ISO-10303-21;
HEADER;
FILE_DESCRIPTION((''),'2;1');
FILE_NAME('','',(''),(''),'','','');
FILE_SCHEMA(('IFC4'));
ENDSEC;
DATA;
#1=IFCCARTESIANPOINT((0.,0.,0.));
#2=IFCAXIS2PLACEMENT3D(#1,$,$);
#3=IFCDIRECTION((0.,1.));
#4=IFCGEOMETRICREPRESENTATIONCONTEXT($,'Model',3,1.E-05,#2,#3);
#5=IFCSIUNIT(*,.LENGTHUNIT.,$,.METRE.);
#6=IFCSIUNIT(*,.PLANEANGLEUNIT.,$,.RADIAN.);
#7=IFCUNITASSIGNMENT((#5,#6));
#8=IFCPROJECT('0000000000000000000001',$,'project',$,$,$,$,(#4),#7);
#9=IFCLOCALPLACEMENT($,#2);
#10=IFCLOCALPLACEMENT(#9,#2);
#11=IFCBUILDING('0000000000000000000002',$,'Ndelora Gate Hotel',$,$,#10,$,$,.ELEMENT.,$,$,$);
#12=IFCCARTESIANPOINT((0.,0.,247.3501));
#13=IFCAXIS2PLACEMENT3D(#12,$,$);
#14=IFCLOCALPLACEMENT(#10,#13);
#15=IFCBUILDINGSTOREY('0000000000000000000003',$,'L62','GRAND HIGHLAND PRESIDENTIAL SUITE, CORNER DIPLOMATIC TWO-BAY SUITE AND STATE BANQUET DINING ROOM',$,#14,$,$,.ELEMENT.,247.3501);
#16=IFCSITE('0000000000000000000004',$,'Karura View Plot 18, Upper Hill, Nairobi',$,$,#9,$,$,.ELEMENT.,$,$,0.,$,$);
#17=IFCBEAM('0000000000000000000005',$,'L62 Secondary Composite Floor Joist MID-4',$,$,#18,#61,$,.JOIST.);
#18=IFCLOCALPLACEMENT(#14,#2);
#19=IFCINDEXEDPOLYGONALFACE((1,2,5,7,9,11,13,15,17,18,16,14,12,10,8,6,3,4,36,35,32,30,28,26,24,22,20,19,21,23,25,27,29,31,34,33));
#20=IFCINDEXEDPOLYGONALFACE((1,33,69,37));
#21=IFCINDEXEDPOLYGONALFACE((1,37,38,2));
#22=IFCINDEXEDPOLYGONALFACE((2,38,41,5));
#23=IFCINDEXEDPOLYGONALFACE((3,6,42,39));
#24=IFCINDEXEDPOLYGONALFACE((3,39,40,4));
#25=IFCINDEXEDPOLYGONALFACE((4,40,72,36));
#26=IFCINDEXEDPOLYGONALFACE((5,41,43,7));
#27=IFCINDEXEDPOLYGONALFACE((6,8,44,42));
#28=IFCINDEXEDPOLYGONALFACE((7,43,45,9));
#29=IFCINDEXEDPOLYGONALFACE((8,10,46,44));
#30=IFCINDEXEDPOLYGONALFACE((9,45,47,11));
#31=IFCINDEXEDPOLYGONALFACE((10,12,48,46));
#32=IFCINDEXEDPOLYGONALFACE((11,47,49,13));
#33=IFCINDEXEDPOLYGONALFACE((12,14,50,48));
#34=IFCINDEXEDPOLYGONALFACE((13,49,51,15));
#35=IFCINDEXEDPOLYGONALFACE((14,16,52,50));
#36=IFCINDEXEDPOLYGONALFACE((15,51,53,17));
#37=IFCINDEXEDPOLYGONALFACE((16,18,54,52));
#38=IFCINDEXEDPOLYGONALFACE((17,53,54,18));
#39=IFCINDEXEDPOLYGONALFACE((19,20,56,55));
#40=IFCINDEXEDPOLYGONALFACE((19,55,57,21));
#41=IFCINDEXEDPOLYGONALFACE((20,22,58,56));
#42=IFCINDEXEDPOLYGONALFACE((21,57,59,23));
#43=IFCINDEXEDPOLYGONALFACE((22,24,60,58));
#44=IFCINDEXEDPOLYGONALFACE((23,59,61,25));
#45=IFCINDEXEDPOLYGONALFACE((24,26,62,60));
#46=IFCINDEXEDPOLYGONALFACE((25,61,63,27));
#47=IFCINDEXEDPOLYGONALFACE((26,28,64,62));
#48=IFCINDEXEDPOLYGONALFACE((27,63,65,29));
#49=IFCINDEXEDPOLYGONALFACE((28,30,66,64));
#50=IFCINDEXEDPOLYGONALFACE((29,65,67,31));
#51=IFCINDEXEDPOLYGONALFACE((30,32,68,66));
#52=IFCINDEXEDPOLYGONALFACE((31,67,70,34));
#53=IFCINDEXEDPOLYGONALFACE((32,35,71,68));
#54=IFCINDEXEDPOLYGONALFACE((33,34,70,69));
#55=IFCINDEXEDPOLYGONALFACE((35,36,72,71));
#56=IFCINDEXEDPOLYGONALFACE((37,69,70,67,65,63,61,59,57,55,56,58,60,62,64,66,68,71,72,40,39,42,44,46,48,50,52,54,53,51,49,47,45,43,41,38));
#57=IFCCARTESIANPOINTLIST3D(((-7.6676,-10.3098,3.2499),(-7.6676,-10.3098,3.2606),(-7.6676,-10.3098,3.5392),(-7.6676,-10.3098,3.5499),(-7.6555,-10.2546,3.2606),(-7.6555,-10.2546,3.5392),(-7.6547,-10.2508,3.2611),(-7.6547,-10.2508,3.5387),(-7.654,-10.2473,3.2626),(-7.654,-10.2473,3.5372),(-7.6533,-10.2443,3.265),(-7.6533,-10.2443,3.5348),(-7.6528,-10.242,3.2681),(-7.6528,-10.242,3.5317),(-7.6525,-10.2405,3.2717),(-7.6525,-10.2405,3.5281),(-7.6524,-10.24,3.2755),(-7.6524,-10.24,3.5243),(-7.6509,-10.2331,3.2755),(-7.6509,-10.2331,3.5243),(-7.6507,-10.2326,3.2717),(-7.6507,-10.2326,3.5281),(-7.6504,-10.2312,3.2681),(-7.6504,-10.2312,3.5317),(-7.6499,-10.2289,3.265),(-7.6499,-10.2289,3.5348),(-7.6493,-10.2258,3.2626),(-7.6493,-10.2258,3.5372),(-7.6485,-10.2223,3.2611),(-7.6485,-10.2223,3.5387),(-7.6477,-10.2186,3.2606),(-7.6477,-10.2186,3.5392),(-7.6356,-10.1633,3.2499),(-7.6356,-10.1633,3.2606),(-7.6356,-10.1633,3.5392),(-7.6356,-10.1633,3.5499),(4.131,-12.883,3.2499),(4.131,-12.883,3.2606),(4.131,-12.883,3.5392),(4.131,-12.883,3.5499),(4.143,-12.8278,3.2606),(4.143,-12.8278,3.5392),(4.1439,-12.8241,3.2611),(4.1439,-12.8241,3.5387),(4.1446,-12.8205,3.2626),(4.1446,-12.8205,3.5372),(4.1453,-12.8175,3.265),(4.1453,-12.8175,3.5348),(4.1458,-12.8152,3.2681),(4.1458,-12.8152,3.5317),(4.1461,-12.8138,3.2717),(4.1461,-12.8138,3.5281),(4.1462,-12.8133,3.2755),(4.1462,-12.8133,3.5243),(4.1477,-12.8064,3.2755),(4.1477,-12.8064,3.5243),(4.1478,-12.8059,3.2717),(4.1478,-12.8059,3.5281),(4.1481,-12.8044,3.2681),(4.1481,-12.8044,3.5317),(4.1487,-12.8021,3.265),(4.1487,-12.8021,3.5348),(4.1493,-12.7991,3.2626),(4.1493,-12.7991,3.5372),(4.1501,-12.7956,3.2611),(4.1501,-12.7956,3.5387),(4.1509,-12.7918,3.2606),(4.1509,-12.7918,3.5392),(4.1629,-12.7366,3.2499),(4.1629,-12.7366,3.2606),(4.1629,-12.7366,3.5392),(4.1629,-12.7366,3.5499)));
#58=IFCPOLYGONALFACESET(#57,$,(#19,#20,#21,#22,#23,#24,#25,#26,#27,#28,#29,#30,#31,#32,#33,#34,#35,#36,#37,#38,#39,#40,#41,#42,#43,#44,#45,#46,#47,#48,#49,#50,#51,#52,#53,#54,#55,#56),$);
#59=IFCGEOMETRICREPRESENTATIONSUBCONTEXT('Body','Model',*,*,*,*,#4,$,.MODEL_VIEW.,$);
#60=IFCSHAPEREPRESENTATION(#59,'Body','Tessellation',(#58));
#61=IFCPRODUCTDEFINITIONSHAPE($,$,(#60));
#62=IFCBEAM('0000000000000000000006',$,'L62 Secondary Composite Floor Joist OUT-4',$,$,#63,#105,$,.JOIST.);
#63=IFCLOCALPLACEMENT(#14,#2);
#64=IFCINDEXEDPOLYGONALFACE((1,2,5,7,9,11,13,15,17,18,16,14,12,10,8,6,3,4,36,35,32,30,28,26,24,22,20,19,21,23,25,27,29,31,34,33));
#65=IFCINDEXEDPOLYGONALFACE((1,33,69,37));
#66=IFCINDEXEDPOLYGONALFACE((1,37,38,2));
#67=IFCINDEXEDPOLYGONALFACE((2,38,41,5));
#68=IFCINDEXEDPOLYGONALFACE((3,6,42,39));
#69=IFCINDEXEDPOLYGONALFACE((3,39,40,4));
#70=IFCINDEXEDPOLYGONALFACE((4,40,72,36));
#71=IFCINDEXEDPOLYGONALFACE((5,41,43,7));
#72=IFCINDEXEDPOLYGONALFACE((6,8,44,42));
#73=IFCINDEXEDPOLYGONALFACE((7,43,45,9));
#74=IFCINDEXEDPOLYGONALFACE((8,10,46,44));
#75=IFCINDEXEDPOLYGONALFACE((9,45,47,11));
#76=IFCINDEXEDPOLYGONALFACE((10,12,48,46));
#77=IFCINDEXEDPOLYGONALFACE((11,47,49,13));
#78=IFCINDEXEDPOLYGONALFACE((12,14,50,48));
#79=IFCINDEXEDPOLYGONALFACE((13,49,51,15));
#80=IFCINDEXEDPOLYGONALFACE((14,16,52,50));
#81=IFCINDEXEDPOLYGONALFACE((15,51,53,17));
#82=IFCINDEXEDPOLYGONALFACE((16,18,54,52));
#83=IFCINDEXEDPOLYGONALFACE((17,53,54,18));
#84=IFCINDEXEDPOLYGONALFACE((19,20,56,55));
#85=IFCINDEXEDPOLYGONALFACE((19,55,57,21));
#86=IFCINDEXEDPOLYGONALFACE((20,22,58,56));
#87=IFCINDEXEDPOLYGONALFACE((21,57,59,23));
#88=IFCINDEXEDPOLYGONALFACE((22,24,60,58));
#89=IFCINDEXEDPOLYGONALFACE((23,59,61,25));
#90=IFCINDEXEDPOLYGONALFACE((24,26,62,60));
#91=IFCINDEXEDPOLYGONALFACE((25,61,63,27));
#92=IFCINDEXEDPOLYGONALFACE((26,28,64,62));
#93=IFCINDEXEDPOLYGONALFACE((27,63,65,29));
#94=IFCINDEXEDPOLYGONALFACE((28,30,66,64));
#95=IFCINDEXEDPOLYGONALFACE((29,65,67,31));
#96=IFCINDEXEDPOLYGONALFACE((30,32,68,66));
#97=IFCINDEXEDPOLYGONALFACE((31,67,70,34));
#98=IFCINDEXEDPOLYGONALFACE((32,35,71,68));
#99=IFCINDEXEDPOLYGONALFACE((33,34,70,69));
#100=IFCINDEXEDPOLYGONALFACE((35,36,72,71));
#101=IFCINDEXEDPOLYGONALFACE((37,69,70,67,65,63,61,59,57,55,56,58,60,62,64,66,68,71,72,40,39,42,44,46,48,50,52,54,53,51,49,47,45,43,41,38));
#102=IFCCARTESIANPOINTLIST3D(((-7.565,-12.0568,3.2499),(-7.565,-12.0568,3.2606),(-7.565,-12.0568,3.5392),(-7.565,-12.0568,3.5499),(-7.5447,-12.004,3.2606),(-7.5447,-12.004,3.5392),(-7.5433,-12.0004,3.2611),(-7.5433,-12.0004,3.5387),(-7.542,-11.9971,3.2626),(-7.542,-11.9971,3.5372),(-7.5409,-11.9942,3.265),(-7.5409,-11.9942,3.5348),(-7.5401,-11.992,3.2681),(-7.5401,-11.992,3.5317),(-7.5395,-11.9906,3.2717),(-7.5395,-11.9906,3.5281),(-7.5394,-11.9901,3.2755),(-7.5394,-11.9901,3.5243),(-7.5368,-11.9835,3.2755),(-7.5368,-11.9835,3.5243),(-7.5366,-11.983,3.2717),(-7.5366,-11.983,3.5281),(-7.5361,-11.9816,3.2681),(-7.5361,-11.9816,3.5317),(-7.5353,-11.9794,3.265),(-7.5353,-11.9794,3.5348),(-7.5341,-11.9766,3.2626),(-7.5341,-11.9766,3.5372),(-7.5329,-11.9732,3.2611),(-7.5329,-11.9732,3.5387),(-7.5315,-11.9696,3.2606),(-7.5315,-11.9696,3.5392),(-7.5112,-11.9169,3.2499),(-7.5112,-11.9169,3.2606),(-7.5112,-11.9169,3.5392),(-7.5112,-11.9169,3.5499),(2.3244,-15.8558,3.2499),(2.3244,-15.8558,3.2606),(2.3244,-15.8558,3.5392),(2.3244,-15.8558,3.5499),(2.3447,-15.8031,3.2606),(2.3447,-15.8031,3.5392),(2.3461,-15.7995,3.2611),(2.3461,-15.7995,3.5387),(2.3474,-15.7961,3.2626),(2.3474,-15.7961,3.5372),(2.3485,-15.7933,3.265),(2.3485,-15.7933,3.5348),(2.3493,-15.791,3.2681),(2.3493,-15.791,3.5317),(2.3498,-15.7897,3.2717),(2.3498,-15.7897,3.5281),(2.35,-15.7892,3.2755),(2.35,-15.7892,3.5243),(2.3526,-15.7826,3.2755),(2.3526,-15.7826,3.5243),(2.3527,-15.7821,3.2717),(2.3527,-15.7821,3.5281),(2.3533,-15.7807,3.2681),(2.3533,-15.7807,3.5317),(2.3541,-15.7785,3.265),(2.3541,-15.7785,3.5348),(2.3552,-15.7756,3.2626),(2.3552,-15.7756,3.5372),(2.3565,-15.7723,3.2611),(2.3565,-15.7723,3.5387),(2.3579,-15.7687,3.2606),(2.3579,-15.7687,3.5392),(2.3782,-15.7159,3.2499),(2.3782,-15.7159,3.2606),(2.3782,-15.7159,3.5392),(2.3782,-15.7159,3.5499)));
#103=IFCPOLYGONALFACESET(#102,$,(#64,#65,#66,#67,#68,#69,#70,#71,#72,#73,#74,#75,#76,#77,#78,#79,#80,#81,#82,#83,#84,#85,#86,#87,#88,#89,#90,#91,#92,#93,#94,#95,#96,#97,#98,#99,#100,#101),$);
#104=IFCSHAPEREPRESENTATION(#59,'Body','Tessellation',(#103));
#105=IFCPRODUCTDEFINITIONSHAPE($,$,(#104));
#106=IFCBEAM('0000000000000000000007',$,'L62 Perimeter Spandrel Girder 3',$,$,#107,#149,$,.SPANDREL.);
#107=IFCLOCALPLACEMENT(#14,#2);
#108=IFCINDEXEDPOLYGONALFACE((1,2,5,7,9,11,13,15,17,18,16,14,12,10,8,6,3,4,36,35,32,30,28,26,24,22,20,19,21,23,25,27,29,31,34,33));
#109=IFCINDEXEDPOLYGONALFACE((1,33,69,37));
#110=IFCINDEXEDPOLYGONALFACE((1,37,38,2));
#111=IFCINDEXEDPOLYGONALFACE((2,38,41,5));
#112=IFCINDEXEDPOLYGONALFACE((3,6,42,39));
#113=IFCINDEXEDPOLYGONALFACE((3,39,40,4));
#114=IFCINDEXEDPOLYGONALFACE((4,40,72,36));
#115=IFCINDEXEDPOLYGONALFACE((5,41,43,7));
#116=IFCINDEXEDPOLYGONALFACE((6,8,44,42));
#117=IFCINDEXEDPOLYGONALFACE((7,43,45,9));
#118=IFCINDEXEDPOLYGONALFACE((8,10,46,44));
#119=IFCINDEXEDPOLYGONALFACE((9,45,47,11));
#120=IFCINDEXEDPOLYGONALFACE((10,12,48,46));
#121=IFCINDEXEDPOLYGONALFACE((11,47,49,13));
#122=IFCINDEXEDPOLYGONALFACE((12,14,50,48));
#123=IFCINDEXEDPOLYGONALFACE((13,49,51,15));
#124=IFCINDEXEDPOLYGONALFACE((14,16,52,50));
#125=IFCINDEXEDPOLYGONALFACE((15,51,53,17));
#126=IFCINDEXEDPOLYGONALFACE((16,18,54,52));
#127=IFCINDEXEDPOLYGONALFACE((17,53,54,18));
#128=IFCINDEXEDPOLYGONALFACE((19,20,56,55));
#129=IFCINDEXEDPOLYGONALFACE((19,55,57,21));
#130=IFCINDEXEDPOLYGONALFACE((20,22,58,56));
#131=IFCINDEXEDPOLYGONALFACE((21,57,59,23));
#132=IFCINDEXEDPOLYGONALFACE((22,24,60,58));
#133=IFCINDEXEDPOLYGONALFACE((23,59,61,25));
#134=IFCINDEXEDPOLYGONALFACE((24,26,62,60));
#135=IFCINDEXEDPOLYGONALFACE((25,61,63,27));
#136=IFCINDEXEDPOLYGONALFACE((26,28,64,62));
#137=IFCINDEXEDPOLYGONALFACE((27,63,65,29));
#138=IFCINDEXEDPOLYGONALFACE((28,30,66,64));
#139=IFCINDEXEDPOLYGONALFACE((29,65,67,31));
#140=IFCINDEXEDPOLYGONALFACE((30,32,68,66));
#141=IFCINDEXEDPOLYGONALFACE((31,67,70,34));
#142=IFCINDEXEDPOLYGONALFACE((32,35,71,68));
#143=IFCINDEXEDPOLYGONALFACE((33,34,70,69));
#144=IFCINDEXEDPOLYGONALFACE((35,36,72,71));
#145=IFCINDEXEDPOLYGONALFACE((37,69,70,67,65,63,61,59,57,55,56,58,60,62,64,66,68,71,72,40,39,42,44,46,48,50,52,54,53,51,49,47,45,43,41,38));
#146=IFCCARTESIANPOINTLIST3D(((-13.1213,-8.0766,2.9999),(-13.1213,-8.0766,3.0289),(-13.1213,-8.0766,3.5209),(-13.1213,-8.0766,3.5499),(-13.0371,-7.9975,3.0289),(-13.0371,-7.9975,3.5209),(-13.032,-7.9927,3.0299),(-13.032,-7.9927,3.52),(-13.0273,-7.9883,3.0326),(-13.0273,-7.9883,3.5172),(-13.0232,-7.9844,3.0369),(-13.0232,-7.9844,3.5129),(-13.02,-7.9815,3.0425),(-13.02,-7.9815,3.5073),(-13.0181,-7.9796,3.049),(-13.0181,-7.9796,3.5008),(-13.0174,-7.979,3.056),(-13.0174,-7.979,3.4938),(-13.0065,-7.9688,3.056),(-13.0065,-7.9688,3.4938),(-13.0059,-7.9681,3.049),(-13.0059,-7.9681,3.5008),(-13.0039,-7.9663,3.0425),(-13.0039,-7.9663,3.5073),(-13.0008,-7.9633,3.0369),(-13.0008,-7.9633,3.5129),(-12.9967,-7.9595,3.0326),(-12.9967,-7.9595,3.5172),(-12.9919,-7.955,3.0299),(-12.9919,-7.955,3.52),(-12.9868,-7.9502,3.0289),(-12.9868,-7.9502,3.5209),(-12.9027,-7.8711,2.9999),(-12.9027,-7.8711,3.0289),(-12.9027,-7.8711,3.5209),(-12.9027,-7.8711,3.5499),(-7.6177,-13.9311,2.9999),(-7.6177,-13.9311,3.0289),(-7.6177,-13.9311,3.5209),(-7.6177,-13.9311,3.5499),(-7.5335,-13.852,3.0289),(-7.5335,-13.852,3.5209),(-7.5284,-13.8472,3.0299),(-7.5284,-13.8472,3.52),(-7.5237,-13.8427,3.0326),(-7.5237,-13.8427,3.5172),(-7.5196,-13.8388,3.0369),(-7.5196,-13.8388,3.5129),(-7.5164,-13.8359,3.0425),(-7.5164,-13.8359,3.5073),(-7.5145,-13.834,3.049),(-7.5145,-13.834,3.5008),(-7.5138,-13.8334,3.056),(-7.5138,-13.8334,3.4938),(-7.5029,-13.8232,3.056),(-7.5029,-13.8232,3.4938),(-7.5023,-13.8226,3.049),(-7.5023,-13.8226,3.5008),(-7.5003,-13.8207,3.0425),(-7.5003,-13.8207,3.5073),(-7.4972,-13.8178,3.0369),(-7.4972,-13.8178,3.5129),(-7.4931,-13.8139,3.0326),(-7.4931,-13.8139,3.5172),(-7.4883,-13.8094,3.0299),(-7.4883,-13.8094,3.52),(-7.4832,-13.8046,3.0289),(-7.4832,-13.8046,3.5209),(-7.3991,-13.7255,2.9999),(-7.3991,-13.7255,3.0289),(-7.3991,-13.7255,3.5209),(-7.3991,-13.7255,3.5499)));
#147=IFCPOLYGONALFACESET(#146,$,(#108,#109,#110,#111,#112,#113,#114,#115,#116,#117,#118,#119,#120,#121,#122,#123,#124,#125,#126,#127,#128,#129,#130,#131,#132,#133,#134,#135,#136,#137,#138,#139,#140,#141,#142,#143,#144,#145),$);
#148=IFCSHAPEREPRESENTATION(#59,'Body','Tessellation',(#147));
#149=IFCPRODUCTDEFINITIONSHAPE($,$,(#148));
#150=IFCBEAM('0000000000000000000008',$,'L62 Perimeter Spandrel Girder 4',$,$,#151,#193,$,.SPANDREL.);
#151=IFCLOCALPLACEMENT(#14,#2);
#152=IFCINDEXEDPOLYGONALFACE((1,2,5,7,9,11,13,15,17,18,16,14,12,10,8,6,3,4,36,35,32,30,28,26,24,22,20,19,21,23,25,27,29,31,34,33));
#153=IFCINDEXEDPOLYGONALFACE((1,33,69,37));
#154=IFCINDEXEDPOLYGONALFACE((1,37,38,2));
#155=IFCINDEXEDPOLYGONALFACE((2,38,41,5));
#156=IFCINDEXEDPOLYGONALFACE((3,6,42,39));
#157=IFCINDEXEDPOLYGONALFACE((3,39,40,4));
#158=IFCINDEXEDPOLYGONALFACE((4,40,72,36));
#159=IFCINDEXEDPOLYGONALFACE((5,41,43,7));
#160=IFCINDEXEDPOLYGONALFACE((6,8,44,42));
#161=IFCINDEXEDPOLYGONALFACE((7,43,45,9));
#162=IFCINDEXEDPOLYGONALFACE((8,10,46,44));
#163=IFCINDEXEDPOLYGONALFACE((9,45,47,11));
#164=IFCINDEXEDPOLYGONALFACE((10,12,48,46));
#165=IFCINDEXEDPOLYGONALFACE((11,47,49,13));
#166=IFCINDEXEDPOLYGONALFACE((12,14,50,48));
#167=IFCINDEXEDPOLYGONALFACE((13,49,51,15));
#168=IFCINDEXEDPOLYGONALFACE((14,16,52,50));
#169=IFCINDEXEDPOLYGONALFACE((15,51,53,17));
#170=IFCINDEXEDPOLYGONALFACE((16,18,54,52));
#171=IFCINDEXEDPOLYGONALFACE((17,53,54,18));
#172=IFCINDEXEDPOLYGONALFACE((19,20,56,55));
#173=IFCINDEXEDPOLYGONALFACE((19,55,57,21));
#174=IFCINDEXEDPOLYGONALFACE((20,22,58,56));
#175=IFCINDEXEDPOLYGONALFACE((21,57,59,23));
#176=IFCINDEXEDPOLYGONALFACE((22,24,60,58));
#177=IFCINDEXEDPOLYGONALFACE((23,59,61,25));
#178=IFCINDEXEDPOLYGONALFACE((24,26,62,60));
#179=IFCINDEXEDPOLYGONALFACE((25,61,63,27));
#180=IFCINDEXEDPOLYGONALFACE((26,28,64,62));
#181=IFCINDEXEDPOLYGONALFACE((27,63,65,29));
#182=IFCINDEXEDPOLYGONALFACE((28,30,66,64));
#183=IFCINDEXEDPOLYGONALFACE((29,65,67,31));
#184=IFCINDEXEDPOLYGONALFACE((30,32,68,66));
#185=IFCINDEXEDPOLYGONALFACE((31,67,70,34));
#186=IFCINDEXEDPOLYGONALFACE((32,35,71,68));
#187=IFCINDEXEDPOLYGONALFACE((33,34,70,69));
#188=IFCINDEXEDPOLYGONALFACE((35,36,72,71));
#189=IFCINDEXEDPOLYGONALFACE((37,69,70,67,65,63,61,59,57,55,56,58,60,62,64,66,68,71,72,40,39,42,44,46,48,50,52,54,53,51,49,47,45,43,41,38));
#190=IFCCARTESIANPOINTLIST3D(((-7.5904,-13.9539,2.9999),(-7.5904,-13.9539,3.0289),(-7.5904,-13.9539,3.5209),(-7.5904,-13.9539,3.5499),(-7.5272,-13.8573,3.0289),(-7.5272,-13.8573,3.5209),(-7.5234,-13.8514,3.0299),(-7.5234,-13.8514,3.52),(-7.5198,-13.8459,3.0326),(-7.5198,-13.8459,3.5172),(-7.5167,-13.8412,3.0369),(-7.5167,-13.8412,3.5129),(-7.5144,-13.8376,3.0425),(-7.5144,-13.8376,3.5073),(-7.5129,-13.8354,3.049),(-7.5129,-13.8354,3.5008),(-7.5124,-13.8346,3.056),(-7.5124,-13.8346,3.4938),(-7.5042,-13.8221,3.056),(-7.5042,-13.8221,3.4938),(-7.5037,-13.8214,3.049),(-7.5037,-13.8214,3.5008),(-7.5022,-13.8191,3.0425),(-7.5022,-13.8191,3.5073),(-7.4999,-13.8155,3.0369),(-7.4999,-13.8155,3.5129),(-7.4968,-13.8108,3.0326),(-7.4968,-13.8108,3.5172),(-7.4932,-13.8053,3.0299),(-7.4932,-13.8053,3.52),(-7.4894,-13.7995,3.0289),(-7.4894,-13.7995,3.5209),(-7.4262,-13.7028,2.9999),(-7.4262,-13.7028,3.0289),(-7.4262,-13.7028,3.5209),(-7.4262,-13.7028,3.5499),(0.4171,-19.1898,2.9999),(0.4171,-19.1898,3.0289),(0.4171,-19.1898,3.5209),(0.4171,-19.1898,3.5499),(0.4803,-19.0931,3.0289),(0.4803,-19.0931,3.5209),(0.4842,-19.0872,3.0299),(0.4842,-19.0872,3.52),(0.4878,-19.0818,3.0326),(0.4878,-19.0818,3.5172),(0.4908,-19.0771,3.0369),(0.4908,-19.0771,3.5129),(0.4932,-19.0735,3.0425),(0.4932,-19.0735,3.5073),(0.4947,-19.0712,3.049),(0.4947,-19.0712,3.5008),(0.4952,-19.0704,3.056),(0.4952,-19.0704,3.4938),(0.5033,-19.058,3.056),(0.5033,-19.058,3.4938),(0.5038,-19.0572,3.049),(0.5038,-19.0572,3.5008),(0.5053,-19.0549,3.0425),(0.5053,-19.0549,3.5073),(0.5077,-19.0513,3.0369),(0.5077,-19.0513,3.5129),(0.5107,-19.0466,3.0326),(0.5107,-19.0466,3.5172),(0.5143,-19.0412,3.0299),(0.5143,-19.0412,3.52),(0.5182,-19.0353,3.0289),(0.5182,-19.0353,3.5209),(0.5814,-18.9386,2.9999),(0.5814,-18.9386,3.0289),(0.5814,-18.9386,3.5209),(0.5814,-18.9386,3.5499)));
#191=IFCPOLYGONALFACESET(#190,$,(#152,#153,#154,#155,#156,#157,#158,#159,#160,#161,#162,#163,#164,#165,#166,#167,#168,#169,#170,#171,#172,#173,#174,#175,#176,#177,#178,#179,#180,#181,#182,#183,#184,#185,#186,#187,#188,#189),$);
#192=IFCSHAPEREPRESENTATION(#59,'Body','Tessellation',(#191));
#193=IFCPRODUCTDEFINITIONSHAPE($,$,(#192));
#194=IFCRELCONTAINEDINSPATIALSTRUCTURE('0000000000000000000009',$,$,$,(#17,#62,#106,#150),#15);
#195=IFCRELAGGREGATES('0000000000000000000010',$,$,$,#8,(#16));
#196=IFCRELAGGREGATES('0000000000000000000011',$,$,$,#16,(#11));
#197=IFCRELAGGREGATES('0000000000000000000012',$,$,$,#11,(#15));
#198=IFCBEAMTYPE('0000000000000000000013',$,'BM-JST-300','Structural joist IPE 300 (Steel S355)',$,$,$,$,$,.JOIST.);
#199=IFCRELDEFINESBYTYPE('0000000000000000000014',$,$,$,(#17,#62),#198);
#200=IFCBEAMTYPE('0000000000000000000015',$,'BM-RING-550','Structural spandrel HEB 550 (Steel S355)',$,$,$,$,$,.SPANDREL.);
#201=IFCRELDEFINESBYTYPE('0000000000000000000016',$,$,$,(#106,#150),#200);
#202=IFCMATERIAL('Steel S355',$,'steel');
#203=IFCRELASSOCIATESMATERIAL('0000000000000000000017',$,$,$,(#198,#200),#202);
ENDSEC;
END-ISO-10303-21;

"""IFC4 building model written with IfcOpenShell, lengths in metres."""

from ifc_helpers import new_model, si_unit, direction, frame, origin, origin_2d, place, context, subcontext, project, spatial, i_section, extrude, material, material_profile, profile_set, type_object, element, save


model = new_model("IFC4")

# Units and contexts
model_context = context("Model", 3, precision=1e-05, world=origin(), true_north=direction((0.0, 1.0)))
body_context = subcontext(model_context, "Body", "Model", "MODEL_VIEW")
ifc_project = project(units=[si_unit("LENGTHUNIT", "METRE"), si_unit("PLANEANGLEUNIT", "RADIAN")], contexts=[model_context])

# Site, building, storey
site_placement = place(None, origin())
site = spatial("IfcSite", under=ifc_project, at=site_placement, Name="Karura View Plot 18, Upper Hill, Nairobi", CompositionType="ELEMENT", RefElevation=0.0)
building_placement = place(site_placement, origin())
building = spatial("IfcBuilding", under=site, at=building_placement, Name="Ndelora Gate Hotel", CompositionType="ELEMENT")
storey_placement = place(building_placement, frame((0.0, 0.0, 247.3501)))
storey = spatial("IfcBuildingStorey", under=building, at=storey_placement, Name="L62", Description="GRAND HIGHLAND PRESIDENTIAL SUITE, CORNER DIPLOMATIC TWO-BAY SUITE AND STATE BANQUET DINING ROOM", CompositionType="ELEMENT", Elevation=247.3501)

# Beams
ifc_material_1 = material(Name="Steel S355", Category="steel")
ifc_material_profile_1 = material_profile(ifc_material_1, i_section(OverallWidth=0.1499, OverallDepth=0.3, WebThickness=0.0071, FlangeThickness=0.0107, FilletRadius=0.0149, at=origin_2d()), Name="IPE 300")
ifc_profile_set_1 = profile_set([ifc_material_profile_1], Name="Steel S355")
beam_type_1 = type_object("IfcBeamType", Name="BM-JST-300", Description="Structural joist IPE 300 (Steel S355)", PredefinedType="JOIST", material=ifc_profile_set_1)
beam_1_placement = place(storey_placement, frame((-7.6516, -10.2366, 3.3999), z_axis=(0.977033, -0.213088, 0.0), x_axis=(0.213088, 0.977033, 0.0)))
element("IfcBeam", 1, at=beam_1_placement, inside=storey, type_object=beam_type_1, Name="L62 Secondary Composite Floor Joist MID-4", PredefinedType="JOIST", context=body_context, shape_type="SweptSolid", body=[
    extrude(i_section(OverallWidth=0.1499, OverallDepth=0.3, WebThickness=0.0071, FlangeThickness=0.0107, FilletRadius=0.0149, at=origin_2d()), origin(), (0.0, 0.0, 1.0), 12.0759),
])
beam_2_placement = place(storey_placement, frame((-7.5381, -11.9868, 3.3999), z_axis=(0.933489, -0.358605, 0.0), x_axis=(0.358605, 0.933489, 0.0)))
element("IfcBeam", 2, at=beam_2_placement, inside=storey, type_object=beam_type_1, Name="L62 Secondary Composite Floor Joist OUT-4", PredefinedType="JOIST", context=body_context, shape_type="SweptSolid", body=[
    extrude(i_section(OverallWidth=0.1499, OverallDepth=0.3, WebThickness=0.0071, FlangeThickness=0.0107, FilletRadius=0.0149, at=origin_2d()), origin(), (0.0, 0.0, 1.0), 10.594),
])
ifc_material_profile_2 = material_profile(ifc_material_1, i_section(OverallWidth=0.3, OverallDepth=0.55, WebThickness=0.0149, FlangeThickness=0.0291, FilletRadius=0.0271, at=origin_2d()), Name="HEB 550")
ifc_profile_set_2 = profile_set([ifc_material_profile_2], Name="Steel S355")
beam_type_2 = type_object("IfcBeamType", Name="BM-RING-550", Description="Structural spandrel HEB 550 (Steel S355)", PredefinedType="SPANDREL", material=ifc_profile_set_2)
beam_3_placement = place(storey_placement, frame((-13.012, -7.9739, 3.2749), z_axis=(0.684939, -0.7286, 0.0), x_axis=(0.7286, 0.684939, 0.0)))
element("IfcBeam", 3, at=beam_3_placement, inside=storey, type_object=beam_type_2, Name="L62 Perimeter Spandrel Girder 3", PredefinedType="SPANDREL", context=body_context, shape_type="SweptSolid", body=[
    extrude(i_section(OverallWidth=0.3, OverallDepth=0.55, WebThickness=0.0149, FlangeThickness=0.0291, FilletRadius=0.0271, at=origin_2d()), origin(), (0.0, 0.0, 1.0), 8.0352),
])
beam_4_placement = place(storey_placement, frame((-7.5083, -13.8284, 3.2749), z_axis=(0.836964, -0.547258, 0.0), x_axis=(0.547258, 0.836964, 0.0)))
element("IfcBeam", 4, at=beam_4_placement, inside=storey, type_object=beam_type_2, Name="L62 Perimeter Spandrel Girder 4", PredefinedType="SPANDREL", context=body_context, shape_type="SweptSolid", body=[
    extrude(i_section(OverallWidth=0.3, OverallDepth=0.55, WebThickness=0.0149, FlangeThickness=0.0291, FilletRadius=0.0271, at=origin_2d()), origin(), (0.0, 0.0, 1.0), 9.5674),
])

save(model, "model.ifc")
